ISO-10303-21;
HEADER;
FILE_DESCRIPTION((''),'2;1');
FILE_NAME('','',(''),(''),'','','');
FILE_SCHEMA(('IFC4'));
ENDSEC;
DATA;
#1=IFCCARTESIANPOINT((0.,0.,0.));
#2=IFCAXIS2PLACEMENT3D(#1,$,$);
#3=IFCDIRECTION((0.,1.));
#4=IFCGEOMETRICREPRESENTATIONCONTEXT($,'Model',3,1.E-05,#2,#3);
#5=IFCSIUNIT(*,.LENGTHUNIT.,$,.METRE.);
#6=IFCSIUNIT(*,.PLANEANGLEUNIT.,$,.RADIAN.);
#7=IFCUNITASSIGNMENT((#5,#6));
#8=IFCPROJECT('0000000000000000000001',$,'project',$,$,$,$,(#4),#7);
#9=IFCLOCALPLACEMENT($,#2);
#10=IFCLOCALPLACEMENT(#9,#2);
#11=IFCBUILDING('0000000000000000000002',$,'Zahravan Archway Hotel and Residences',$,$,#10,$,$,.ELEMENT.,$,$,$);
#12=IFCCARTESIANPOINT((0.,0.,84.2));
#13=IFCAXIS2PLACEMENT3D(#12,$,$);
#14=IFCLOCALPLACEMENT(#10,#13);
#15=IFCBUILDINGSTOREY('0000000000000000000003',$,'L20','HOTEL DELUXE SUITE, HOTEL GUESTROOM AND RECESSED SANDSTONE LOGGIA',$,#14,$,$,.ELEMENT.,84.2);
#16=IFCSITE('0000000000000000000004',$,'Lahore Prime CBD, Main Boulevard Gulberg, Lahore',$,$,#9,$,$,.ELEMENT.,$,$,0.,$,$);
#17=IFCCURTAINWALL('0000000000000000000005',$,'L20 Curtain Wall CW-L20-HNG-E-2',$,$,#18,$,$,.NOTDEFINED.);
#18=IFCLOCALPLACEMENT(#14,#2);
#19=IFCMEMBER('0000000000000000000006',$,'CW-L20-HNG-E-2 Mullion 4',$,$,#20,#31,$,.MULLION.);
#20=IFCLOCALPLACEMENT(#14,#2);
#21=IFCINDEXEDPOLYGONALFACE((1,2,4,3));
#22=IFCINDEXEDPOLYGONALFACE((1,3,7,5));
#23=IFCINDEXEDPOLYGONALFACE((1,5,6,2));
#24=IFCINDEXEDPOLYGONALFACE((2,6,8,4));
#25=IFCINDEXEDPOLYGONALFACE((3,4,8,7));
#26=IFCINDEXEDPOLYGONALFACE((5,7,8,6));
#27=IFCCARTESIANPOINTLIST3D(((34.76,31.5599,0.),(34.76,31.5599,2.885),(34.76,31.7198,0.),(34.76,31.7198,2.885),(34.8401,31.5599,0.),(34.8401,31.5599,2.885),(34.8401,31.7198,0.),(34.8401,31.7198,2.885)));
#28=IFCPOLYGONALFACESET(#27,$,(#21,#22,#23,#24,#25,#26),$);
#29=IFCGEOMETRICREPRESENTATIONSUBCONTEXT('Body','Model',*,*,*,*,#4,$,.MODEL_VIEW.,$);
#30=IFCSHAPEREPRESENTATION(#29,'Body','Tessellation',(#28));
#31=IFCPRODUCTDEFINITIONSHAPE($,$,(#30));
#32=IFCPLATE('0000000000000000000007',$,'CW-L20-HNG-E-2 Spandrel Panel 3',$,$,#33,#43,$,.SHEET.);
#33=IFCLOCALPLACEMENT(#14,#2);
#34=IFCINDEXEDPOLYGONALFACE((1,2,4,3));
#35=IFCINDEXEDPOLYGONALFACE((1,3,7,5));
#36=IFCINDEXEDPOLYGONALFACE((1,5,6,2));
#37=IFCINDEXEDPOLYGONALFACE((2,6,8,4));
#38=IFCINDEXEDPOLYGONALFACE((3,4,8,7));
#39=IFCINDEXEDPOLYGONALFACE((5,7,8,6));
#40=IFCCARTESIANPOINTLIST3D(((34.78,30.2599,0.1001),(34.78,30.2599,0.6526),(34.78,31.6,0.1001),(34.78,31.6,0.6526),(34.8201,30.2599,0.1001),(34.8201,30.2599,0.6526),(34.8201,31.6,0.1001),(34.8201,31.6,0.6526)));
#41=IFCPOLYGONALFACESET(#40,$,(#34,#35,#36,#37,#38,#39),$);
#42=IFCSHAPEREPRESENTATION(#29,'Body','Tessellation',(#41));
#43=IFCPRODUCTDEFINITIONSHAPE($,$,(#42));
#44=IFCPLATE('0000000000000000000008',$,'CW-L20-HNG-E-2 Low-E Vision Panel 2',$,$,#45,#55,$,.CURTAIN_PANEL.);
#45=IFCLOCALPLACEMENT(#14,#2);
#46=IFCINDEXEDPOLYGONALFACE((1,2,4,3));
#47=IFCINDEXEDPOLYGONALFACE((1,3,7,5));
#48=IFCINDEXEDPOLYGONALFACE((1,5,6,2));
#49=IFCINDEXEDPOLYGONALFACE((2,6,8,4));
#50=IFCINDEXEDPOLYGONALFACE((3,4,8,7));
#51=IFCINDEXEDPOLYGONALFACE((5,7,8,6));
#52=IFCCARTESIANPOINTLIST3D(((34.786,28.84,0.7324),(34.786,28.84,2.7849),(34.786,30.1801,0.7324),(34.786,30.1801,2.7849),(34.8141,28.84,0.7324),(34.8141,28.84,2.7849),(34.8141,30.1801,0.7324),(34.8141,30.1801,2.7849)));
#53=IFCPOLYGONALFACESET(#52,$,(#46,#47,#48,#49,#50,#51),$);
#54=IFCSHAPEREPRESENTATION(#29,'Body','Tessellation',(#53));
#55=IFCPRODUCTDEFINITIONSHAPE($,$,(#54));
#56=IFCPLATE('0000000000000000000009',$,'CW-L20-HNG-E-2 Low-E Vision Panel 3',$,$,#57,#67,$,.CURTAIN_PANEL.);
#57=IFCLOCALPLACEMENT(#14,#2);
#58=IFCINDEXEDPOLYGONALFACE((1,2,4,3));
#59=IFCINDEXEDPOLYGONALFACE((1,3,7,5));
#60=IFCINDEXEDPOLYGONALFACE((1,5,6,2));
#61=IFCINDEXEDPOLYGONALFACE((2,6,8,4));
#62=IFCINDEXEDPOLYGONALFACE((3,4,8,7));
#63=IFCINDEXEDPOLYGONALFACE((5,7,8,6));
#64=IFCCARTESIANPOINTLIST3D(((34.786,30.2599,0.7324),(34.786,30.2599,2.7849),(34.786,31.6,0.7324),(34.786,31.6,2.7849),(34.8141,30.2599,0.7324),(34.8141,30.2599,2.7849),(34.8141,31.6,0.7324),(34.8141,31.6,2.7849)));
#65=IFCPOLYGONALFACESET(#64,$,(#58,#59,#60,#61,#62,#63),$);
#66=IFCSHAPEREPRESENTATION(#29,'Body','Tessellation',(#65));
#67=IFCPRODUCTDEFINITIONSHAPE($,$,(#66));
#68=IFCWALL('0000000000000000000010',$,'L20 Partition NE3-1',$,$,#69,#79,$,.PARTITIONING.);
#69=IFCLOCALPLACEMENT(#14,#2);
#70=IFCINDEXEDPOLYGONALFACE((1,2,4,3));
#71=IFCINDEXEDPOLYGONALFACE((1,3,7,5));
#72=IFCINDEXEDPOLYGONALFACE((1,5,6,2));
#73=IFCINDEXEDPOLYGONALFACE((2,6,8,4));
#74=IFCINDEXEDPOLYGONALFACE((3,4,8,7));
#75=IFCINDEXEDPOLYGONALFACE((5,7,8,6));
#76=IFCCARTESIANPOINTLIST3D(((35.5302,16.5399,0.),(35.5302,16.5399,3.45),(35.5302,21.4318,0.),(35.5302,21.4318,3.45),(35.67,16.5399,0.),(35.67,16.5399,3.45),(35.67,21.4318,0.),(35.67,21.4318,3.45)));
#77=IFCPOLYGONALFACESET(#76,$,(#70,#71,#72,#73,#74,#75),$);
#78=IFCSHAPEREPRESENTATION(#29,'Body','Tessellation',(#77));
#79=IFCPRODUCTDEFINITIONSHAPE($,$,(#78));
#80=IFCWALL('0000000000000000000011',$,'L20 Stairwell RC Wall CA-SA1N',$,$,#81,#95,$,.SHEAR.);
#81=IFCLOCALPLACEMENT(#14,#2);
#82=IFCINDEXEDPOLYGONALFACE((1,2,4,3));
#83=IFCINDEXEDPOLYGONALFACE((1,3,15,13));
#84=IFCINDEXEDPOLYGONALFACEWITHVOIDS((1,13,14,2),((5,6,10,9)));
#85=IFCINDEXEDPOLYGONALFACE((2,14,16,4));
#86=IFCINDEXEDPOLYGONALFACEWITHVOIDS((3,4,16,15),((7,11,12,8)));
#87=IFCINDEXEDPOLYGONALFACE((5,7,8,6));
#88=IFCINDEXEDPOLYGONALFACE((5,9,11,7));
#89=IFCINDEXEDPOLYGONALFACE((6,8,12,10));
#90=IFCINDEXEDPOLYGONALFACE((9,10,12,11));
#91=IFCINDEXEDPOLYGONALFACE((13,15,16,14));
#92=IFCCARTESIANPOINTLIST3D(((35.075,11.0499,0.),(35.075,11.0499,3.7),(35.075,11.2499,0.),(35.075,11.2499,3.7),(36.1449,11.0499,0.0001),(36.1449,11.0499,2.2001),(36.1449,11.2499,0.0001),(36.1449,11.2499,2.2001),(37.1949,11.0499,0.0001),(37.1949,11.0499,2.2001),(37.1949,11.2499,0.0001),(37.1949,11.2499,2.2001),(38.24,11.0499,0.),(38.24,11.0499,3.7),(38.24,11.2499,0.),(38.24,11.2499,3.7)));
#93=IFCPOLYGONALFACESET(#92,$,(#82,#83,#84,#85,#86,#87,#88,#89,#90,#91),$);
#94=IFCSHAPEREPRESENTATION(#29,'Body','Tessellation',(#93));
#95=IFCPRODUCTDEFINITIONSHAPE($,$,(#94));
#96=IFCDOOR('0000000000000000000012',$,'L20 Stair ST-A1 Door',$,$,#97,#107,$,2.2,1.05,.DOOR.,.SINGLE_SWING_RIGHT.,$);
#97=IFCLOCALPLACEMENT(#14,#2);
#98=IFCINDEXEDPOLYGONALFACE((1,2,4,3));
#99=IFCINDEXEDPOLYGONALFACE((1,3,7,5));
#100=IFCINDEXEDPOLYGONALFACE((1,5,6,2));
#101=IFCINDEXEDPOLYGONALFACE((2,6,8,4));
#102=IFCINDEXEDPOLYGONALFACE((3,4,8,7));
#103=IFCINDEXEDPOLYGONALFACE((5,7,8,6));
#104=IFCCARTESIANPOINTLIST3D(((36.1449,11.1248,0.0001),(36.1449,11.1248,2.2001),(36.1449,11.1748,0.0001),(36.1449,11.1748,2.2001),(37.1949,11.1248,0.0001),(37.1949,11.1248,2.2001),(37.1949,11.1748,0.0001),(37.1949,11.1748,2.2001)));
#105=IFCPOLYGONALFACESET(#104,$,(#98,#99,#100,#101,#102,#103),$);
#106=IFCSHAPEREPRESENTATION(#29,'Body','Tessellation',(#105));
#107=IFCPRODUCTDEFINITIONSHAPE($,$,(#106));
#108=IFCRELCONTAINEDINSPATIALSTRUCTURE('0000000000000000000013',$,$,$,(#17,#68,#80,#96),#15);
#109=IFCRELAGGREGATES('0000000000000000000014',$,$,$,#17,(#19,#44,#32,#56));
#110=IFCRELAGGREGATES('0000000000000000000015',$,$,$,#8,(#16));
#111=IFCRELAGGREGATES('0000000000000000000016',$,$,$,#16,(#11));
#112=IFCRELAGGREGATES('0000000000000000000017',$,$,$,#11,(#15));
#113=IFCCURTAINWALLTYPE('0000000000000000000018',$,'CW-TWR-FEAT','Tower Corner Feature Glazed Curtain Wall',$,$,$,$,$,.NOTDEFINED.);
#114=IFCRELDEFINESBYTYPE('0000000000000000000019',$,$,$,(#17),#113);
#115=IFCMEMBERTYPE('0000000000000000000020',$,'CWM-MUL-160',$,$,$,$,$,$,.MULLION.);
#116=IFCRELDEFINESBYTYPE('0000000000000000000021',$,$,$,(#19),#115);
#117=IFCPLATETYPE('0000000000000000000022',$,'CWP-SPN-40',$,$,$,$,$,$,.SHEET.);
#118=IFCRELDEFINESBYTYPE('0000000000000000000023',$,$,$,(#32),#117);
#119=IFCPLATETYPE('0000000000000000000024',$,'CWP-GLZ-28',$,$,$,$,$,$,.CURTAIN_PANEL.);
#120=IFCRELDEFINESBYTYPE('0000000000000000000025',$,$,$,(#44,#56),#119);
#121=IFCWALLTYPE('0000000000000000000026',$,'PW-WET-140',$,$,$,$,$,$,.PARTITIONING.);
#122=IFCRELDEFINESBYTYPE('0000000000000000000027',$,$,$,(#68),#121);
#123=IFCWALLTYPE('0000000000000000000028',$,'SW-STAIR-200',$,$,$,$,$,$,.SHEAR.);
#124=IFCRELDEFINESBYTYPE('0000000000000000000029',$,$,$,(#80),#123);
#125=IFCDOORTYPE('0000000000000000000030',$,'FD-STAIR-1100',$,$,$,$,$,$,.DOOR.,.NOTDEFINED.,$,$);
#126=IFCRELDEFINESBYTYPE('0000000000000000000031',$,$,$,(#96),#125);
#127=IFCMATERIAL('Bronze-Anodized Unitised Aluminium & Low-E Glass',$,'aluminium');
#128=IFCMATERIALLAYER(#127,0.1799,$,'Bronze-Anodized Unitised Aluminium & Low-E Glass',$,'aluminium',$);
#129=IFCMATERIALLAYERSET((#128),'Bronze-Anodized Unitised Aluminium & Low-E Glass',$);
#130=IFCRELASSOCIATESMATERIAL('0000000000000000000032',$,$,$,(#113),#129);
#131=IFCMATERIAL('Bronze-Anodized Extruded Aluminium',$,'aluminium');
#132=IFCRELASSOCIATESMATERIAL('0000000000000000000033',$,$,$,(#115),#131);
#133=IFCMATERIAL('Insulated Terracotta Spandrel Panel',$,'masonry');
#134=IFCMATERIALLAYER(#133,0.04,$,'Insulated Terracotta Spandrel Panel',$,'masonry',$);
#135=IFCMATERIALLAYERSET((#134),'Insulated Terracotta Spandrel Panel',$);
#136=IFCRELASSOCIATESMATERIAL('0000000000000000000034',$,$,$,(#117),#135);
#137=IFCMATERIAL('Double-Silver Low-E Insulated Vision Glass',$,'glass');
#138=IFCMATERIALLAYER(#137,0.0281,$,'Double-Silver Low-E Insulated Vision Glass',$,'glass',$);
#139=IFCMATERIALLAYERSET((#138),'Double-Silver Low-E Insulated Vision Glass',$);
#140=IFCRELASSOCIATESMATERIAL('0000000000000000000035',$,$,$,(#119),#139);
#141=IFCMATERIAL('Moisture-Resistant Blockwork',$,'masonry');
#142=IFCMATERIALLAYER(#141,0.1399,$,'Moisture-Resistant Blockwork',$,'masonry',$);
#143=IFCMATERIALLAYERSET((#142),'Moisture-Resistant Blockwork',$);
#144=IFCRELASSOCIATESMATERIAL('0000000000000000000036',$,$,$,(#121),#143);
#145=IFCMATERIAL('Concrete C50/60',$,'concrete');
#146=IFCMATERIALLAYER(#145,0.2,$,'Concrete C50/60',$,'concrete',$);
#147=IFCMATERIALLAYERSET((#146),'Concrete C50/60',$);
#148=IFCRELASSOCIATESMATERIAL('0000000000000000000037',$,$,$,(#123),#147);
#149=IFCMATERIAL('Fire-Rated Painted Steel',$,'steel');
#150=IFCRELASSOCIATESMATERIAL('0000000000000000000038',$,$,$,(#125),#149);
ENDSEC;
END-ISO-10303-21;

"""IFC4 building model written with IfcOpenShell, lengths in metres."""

from ifc_helpers import new_model, si_unit, direction, frame, frame_2d, origin, origin_2d, place, context, subcontext, project, spatial, rectangle, extrude, source, transform, mapped, material, layer, layer_set, material_profile, profile_set, type_object, type_shapes, element, fill, aggregate, save


model = new_model("IFC4")

# Units and contexts
model_context = context("Model", 3, precision=1e-05, world=origin(), true_north=direction((0.0, 1.0)))
body_context = subcontext(model_context, "Body", "Model", "MODEL_VIEW")
ifc_project = project(units=[si_unit("LENGTHUNIT", "METRE"), si_unit("PLANEANGLEUNIT", "RADIAN")], contexts=[model_context])

# Site, building, storey
site_placement = place(None, origin())
site = spatial("IfcSite", under=ifc_project, at=site_placement, Name="Lahore Prime CBD, Main Boulevard Gulberg, Lahore", CompositionType="ELEMENT", RefElevation=0.0)
building_placement = place(site_placement, origin())
building = spatial("IfcBuilding", under=site, at=building_placement, Name="Zahravan Archway Hotel and Residences", CompositionType="ELEMENT")
storey_placement = place(building_placement, frame((0.0, 0.0, 84.2)))
storey = spatial("IfcBuildingStorey", under=building, at=storey_placement, Name="L20", Description="HOTEL DELUXE SUITE, HOTEL GUESTROOM AND RECESSED SANDSTONE LOGGIA", CompositionType="ELEMENT", Elevation=84.2)

# Curtain wall, member, plates
ifc_material_1 = material(Name="Bronze-Anodized Unitised Aluminium & Low-E Glass", Category="aluminium")
ifc_layer_1 = layer(ifc_material_1, 0.1799, Name="Bronze-Anodized Unitised Aluminium & Low-E Glass", Category="aluminium")
ifc_layer_set_1 = layer_set([ifc_layer_1], Name="Bronze-Anodized Unitised Aluminium & Low-E Glass")
curtain_wall_type = type_object("IfcCurtainWallType", Name="CW-TWR-FEAT", Description="Tower Corner Feature Glazed Curtain Wall", PredefinedType="NOTDEFINED", material=ifc_layer_set_1)
curtain_wall_placement = place(storey_placement, origin())
curtain_wall = element("IfcCurtainWall", 1, at=curtain_wall_placement, inside=storey, type_object=curtain_wall_type, Name="L20 Curtain Wall CW-L20-HNG-E-2", PredefinedType="NOTDEFINED")
ifc_material_2 = material(Name="Bronze-Anodized Extruded Aluminium", Category="aluminium")
ifc_material_profile_1 = material_profile(ifc_material_2, rectangle(XDim=0.0801, YDim=0.1599, at=origin_2d()), Name="MUL 80x160", Category="aluminium")
ifc_profile_set_1 = profile_set([ifc_material_profile_1], Name="Bronze-Anodized Extruded Aluminium")
member_type_1 = type_object("IfcMemberType", Name="CWM-MUL-160", PredefinedType="MULLION", material=ifc_profile_set_1)
shared_shape_1 = source(origin(), body_context, "Body", "SweptSolid", [
    extrude(rectangle(XDim=0.0801, YDim=0.1599, at=origin_2d()), origin(), (0.0, 0.0, 1.0), 2.885),
])
member_1_placement = place(storey_placement, frame((34.8, 31.6399, 0.0), z_axis=(0.0, 0.0, 1.0), x_axis=(1.0, 0.0, 0.0)))
member_1 = element("IfcMember", 2, at=member_1_placement, type_object=member_type_1, Name="CW-L20-HNG-E-2 Mullion 4", PredefinedType="MULLION", context=body_context, shape_type="MappedRepresentation", body=[
    mapped(shared_shape_1, transform((0.0, 0.0, 0.0), scale=1.0)),
])
ifc_material_3 = material(Name="Insulated Terracotta Spandrel Panel", Category="masonry")
ifc_layer_2 = layer(ifc_material_3, 0.04, Name="Insulated Terracotta Spandrel Panel", Category="masonry")
ifc_layer_set_2 = layer_set([ifc_layer_2], Name="Insulated Terracotta Spandrel Panel")
plate_type_1 = type_object("IfcPlateType", Name="CWP-SPN-40", PredefinedType="SHEET", material=ifc_layer_set_2)
shared_shape_2 = source(origin(), body_context, "Body", "SweptSolid", [
    extrude(rectangle(XDim=1.3401, YDim=0.04, at=origin_2d()), origin(), (0.0, 0.0, 1.0), 0.5525),
])
plate_1_placement = place(storey_placement, frame((34.8, 30.9299, 0.1001), z_axis=(0.0, 0.0, 1.0), x_axis=(0.0, 1.0, 0.0)))
plate_1 = element("IfcPlate", 3, at=plate_1_placement, type_object=plate_type_1, Name="CW-L20-HNG-E-2 Spandrel Panel 3", PredefinedType="SHEET", context=body_context, shape_type="MappedRepresentation", body=[
    mapped(shared_shape_2, transform((0.0, 0.0, 0.0), scale=1.0)),
])
ifc_material_4 = material(Name="Double-Silver Low-E Insulated Vision Glass", Category="glass")
ifc_layer_3 = layer(ifc_material_4, 0.0281, Name="Double-Silver Low-E Insulated Vision Glass", Category="glass")
ifc_layer_set_3 = layer_set([ifc_layer_3], Name="Double-Silver Low-E Insulated Vision Glass")
plate_type_2 = type_object("IfcPlateType", Name="CWP-GLZ-28", PredefinedType="CURTAIN_PANEL", material=ifc_layer_set_3)
shared_shape_3 = source(origin(), body_context, "Body", "SweptSolid", [
    extrude(rectangle(XDim=1.3401, YDim=0.0281, at=origin_2d()), origin(), (0.0, 0.0, 1.0), 2.0525),
])
plate_2_placement = place(storey_placement, frame((34.8, 29.51, 0.7324), z_axis=(0.0, 0.0, 1.0), x_axis=(0.0, 1.0, 0.0)))
plate_2 = element("IfcPlate", 4, at=plate_2_placement, type_object=plate_type_2, Name="CW-L20-HNG-E-2 Low-E Vision Panel 2", PredefinedType="CURTAIN_PANEL", context=body_context, shape_type="MappedRepresentation", body=[
    mapped(shared_shape_3, transform((0.0, 0.0, 0.0), scale=1.0)),
])
plate_3_placement = place(storey_placement, frame((34.8, 30.9299, 0.7324), z_axis=(0.0, 0.0, 1.0), x_axis=(0.0, 1.0, 0.0)))
plate_3 = element("IfcPlate", 5, at=plate_3_placement, type_object=plate_type_2, Name="CW-L20-HNG-E-2 Low-E Vision Panel 3", PredefinedType="CURTAIN_PANEL", context=body_context, shape_type="MappedRepresentation", body=[
    mapped(shared_shape_3, transform((0.0, 0.0, 0.0), scale=1.0)),
])
aggregate(curtain_wall, [member_1, plate_2, plate_1, plate_3])

# Shared definitions
ifc_material_5 = material(Name="Fire-Rated Painted Steel", Category="steel")

# Wall
ifc_material_6 = material(Name="Moisture-Resistant Blockwork", Category="masonry")
ifc_layer_4 = layer(ifc_material_6, 0.1399, Name="Moisture-Resistant Blockwork", Category="masonry")
ifc_layer_set_4 = layer_set([ifc_layer_4], Name="Moisture-Resistant Blockwork")
wall_type_1 = type_object("IfcWallType", Name="PW-WET-140", PredefinedType="PARTITIONING", material=ifc_layer_set_4)
wall_1_placement = place(storey_placement, frame((35.6001, 16.54, 0.0), z_axis=(0.0, 0.0, 1.0), x_axis=(0.0, 1.0, 0.0)))
element("IfcWall", 6, at=wall_1_placement, inside=storey, type_object=wall_type_1, Name="L20 Partition NE3-1", PredefinedType="PARTITIONING", context=body_context, shape_type="SweptSolid", body=[
    extrude(rectangle(XDim=4.8918, YDim=0.1399, at=frame_2d((2.4458, 0.0))), origin(), (0.0, 0.0, 1.0), 3.45),
])

# Wall, opening, door
ifc_material_7 = material(Name="Concrete C50/60", Category="concrete")
ifc_layer_5 = layer(ifc_material_7, 0.2, Name="Concrete C50/60", Category="concrete")
ifc_layer_set_5 = layer_set([ifc_layer_5], Name="Concrete C50/60")
wall_type_2 = type_object("IfcWallType", Name="SW-STAIR-200", PredefinedType="SHEAR", material=ifc_layer_set_5)
wall_2_placement = place(storey_placement, frame((35.075, 11.1499, 0.0), z_axis=(0.0, 0.0, 1.0), x_axis=(1.0, 0.0, 0.0)))
wall_2 = element("IfcWall", 7, at=wall_2_placement, inside=storey, type_object=wall_type_2, Name="L20 Stairwell RC Wall CA-SA1N", PredefinedType="SHEAR", context=body_context, shape_type="SweptSolid", body=[
    extrude(rectangle(XDim=3.165, YDim=0.2, at=frame_2d((1.5825, 0.0))), origin(), (0.0, 0.0, 1.0), 3.7),
])
opening_1_placement = place(wall_2_placement, frame((1.0701, 0.0, 0.0)))
opening_1 = element("IfcOpeningElement", 8, at=opening_1_placement, cuts=wall_2, PredefinedType="OPENING", context=body_context, shape_type="SweptSolid", body=[
    extrude(rectangle(XDim=1.05, YDim=2.2, at=frame_2d((0.5249, 1.1001))), frame((0.0, 0.1099, 0.0), z_axis=(0.0, -1.0, 0.0), x_axis=(1.0, 0.0, 0.0)), (0.0, 0.0, 1.0), 0.22),
])
door_type_1 = type_object("IfcDoorType", Name="FD-STAIR-1100", OperationType="NOTDEFINED", PredefinedType="DOOR", material=ifc_material_5)
shared_shape_4 = source(origin(), body_context, "Body", "SweptSolid", [
    extrude(rectangle(XDim=1.05, YDim=2.2, at=frame_2d((0.5249, 1.1001))), frame((0.0, 0.0249, 0.0), z_axis=(0.0, -1.0, 0.0), x_axis=(1.0, 0.0, 0.0)), (0.0, 0.0, 1.0), 0.05),
])
type_shapes(door_type_1, [shared_shape_4])
door_1_placement = place(opening_1_placement, origin())
door_1 = element("IfcDoor", 9, at=door_1_placement, inside=storey, type_object=door_type_1, Name="L20 Stair ST-A1 Door", OperationType="SINGLE_SWING_RIGHT", OverallHeight=2.2, OverallWidth=1.05, PredefinedType="DOOR", context=body_context, shape_type="MappedRepresentation", body=[
    mapped(shared_shape_4, transform((0.0, 0.0, 0.0), scale=1.0)),
])
fill(opening_1, door_1)

save(model, "model.ifc")
